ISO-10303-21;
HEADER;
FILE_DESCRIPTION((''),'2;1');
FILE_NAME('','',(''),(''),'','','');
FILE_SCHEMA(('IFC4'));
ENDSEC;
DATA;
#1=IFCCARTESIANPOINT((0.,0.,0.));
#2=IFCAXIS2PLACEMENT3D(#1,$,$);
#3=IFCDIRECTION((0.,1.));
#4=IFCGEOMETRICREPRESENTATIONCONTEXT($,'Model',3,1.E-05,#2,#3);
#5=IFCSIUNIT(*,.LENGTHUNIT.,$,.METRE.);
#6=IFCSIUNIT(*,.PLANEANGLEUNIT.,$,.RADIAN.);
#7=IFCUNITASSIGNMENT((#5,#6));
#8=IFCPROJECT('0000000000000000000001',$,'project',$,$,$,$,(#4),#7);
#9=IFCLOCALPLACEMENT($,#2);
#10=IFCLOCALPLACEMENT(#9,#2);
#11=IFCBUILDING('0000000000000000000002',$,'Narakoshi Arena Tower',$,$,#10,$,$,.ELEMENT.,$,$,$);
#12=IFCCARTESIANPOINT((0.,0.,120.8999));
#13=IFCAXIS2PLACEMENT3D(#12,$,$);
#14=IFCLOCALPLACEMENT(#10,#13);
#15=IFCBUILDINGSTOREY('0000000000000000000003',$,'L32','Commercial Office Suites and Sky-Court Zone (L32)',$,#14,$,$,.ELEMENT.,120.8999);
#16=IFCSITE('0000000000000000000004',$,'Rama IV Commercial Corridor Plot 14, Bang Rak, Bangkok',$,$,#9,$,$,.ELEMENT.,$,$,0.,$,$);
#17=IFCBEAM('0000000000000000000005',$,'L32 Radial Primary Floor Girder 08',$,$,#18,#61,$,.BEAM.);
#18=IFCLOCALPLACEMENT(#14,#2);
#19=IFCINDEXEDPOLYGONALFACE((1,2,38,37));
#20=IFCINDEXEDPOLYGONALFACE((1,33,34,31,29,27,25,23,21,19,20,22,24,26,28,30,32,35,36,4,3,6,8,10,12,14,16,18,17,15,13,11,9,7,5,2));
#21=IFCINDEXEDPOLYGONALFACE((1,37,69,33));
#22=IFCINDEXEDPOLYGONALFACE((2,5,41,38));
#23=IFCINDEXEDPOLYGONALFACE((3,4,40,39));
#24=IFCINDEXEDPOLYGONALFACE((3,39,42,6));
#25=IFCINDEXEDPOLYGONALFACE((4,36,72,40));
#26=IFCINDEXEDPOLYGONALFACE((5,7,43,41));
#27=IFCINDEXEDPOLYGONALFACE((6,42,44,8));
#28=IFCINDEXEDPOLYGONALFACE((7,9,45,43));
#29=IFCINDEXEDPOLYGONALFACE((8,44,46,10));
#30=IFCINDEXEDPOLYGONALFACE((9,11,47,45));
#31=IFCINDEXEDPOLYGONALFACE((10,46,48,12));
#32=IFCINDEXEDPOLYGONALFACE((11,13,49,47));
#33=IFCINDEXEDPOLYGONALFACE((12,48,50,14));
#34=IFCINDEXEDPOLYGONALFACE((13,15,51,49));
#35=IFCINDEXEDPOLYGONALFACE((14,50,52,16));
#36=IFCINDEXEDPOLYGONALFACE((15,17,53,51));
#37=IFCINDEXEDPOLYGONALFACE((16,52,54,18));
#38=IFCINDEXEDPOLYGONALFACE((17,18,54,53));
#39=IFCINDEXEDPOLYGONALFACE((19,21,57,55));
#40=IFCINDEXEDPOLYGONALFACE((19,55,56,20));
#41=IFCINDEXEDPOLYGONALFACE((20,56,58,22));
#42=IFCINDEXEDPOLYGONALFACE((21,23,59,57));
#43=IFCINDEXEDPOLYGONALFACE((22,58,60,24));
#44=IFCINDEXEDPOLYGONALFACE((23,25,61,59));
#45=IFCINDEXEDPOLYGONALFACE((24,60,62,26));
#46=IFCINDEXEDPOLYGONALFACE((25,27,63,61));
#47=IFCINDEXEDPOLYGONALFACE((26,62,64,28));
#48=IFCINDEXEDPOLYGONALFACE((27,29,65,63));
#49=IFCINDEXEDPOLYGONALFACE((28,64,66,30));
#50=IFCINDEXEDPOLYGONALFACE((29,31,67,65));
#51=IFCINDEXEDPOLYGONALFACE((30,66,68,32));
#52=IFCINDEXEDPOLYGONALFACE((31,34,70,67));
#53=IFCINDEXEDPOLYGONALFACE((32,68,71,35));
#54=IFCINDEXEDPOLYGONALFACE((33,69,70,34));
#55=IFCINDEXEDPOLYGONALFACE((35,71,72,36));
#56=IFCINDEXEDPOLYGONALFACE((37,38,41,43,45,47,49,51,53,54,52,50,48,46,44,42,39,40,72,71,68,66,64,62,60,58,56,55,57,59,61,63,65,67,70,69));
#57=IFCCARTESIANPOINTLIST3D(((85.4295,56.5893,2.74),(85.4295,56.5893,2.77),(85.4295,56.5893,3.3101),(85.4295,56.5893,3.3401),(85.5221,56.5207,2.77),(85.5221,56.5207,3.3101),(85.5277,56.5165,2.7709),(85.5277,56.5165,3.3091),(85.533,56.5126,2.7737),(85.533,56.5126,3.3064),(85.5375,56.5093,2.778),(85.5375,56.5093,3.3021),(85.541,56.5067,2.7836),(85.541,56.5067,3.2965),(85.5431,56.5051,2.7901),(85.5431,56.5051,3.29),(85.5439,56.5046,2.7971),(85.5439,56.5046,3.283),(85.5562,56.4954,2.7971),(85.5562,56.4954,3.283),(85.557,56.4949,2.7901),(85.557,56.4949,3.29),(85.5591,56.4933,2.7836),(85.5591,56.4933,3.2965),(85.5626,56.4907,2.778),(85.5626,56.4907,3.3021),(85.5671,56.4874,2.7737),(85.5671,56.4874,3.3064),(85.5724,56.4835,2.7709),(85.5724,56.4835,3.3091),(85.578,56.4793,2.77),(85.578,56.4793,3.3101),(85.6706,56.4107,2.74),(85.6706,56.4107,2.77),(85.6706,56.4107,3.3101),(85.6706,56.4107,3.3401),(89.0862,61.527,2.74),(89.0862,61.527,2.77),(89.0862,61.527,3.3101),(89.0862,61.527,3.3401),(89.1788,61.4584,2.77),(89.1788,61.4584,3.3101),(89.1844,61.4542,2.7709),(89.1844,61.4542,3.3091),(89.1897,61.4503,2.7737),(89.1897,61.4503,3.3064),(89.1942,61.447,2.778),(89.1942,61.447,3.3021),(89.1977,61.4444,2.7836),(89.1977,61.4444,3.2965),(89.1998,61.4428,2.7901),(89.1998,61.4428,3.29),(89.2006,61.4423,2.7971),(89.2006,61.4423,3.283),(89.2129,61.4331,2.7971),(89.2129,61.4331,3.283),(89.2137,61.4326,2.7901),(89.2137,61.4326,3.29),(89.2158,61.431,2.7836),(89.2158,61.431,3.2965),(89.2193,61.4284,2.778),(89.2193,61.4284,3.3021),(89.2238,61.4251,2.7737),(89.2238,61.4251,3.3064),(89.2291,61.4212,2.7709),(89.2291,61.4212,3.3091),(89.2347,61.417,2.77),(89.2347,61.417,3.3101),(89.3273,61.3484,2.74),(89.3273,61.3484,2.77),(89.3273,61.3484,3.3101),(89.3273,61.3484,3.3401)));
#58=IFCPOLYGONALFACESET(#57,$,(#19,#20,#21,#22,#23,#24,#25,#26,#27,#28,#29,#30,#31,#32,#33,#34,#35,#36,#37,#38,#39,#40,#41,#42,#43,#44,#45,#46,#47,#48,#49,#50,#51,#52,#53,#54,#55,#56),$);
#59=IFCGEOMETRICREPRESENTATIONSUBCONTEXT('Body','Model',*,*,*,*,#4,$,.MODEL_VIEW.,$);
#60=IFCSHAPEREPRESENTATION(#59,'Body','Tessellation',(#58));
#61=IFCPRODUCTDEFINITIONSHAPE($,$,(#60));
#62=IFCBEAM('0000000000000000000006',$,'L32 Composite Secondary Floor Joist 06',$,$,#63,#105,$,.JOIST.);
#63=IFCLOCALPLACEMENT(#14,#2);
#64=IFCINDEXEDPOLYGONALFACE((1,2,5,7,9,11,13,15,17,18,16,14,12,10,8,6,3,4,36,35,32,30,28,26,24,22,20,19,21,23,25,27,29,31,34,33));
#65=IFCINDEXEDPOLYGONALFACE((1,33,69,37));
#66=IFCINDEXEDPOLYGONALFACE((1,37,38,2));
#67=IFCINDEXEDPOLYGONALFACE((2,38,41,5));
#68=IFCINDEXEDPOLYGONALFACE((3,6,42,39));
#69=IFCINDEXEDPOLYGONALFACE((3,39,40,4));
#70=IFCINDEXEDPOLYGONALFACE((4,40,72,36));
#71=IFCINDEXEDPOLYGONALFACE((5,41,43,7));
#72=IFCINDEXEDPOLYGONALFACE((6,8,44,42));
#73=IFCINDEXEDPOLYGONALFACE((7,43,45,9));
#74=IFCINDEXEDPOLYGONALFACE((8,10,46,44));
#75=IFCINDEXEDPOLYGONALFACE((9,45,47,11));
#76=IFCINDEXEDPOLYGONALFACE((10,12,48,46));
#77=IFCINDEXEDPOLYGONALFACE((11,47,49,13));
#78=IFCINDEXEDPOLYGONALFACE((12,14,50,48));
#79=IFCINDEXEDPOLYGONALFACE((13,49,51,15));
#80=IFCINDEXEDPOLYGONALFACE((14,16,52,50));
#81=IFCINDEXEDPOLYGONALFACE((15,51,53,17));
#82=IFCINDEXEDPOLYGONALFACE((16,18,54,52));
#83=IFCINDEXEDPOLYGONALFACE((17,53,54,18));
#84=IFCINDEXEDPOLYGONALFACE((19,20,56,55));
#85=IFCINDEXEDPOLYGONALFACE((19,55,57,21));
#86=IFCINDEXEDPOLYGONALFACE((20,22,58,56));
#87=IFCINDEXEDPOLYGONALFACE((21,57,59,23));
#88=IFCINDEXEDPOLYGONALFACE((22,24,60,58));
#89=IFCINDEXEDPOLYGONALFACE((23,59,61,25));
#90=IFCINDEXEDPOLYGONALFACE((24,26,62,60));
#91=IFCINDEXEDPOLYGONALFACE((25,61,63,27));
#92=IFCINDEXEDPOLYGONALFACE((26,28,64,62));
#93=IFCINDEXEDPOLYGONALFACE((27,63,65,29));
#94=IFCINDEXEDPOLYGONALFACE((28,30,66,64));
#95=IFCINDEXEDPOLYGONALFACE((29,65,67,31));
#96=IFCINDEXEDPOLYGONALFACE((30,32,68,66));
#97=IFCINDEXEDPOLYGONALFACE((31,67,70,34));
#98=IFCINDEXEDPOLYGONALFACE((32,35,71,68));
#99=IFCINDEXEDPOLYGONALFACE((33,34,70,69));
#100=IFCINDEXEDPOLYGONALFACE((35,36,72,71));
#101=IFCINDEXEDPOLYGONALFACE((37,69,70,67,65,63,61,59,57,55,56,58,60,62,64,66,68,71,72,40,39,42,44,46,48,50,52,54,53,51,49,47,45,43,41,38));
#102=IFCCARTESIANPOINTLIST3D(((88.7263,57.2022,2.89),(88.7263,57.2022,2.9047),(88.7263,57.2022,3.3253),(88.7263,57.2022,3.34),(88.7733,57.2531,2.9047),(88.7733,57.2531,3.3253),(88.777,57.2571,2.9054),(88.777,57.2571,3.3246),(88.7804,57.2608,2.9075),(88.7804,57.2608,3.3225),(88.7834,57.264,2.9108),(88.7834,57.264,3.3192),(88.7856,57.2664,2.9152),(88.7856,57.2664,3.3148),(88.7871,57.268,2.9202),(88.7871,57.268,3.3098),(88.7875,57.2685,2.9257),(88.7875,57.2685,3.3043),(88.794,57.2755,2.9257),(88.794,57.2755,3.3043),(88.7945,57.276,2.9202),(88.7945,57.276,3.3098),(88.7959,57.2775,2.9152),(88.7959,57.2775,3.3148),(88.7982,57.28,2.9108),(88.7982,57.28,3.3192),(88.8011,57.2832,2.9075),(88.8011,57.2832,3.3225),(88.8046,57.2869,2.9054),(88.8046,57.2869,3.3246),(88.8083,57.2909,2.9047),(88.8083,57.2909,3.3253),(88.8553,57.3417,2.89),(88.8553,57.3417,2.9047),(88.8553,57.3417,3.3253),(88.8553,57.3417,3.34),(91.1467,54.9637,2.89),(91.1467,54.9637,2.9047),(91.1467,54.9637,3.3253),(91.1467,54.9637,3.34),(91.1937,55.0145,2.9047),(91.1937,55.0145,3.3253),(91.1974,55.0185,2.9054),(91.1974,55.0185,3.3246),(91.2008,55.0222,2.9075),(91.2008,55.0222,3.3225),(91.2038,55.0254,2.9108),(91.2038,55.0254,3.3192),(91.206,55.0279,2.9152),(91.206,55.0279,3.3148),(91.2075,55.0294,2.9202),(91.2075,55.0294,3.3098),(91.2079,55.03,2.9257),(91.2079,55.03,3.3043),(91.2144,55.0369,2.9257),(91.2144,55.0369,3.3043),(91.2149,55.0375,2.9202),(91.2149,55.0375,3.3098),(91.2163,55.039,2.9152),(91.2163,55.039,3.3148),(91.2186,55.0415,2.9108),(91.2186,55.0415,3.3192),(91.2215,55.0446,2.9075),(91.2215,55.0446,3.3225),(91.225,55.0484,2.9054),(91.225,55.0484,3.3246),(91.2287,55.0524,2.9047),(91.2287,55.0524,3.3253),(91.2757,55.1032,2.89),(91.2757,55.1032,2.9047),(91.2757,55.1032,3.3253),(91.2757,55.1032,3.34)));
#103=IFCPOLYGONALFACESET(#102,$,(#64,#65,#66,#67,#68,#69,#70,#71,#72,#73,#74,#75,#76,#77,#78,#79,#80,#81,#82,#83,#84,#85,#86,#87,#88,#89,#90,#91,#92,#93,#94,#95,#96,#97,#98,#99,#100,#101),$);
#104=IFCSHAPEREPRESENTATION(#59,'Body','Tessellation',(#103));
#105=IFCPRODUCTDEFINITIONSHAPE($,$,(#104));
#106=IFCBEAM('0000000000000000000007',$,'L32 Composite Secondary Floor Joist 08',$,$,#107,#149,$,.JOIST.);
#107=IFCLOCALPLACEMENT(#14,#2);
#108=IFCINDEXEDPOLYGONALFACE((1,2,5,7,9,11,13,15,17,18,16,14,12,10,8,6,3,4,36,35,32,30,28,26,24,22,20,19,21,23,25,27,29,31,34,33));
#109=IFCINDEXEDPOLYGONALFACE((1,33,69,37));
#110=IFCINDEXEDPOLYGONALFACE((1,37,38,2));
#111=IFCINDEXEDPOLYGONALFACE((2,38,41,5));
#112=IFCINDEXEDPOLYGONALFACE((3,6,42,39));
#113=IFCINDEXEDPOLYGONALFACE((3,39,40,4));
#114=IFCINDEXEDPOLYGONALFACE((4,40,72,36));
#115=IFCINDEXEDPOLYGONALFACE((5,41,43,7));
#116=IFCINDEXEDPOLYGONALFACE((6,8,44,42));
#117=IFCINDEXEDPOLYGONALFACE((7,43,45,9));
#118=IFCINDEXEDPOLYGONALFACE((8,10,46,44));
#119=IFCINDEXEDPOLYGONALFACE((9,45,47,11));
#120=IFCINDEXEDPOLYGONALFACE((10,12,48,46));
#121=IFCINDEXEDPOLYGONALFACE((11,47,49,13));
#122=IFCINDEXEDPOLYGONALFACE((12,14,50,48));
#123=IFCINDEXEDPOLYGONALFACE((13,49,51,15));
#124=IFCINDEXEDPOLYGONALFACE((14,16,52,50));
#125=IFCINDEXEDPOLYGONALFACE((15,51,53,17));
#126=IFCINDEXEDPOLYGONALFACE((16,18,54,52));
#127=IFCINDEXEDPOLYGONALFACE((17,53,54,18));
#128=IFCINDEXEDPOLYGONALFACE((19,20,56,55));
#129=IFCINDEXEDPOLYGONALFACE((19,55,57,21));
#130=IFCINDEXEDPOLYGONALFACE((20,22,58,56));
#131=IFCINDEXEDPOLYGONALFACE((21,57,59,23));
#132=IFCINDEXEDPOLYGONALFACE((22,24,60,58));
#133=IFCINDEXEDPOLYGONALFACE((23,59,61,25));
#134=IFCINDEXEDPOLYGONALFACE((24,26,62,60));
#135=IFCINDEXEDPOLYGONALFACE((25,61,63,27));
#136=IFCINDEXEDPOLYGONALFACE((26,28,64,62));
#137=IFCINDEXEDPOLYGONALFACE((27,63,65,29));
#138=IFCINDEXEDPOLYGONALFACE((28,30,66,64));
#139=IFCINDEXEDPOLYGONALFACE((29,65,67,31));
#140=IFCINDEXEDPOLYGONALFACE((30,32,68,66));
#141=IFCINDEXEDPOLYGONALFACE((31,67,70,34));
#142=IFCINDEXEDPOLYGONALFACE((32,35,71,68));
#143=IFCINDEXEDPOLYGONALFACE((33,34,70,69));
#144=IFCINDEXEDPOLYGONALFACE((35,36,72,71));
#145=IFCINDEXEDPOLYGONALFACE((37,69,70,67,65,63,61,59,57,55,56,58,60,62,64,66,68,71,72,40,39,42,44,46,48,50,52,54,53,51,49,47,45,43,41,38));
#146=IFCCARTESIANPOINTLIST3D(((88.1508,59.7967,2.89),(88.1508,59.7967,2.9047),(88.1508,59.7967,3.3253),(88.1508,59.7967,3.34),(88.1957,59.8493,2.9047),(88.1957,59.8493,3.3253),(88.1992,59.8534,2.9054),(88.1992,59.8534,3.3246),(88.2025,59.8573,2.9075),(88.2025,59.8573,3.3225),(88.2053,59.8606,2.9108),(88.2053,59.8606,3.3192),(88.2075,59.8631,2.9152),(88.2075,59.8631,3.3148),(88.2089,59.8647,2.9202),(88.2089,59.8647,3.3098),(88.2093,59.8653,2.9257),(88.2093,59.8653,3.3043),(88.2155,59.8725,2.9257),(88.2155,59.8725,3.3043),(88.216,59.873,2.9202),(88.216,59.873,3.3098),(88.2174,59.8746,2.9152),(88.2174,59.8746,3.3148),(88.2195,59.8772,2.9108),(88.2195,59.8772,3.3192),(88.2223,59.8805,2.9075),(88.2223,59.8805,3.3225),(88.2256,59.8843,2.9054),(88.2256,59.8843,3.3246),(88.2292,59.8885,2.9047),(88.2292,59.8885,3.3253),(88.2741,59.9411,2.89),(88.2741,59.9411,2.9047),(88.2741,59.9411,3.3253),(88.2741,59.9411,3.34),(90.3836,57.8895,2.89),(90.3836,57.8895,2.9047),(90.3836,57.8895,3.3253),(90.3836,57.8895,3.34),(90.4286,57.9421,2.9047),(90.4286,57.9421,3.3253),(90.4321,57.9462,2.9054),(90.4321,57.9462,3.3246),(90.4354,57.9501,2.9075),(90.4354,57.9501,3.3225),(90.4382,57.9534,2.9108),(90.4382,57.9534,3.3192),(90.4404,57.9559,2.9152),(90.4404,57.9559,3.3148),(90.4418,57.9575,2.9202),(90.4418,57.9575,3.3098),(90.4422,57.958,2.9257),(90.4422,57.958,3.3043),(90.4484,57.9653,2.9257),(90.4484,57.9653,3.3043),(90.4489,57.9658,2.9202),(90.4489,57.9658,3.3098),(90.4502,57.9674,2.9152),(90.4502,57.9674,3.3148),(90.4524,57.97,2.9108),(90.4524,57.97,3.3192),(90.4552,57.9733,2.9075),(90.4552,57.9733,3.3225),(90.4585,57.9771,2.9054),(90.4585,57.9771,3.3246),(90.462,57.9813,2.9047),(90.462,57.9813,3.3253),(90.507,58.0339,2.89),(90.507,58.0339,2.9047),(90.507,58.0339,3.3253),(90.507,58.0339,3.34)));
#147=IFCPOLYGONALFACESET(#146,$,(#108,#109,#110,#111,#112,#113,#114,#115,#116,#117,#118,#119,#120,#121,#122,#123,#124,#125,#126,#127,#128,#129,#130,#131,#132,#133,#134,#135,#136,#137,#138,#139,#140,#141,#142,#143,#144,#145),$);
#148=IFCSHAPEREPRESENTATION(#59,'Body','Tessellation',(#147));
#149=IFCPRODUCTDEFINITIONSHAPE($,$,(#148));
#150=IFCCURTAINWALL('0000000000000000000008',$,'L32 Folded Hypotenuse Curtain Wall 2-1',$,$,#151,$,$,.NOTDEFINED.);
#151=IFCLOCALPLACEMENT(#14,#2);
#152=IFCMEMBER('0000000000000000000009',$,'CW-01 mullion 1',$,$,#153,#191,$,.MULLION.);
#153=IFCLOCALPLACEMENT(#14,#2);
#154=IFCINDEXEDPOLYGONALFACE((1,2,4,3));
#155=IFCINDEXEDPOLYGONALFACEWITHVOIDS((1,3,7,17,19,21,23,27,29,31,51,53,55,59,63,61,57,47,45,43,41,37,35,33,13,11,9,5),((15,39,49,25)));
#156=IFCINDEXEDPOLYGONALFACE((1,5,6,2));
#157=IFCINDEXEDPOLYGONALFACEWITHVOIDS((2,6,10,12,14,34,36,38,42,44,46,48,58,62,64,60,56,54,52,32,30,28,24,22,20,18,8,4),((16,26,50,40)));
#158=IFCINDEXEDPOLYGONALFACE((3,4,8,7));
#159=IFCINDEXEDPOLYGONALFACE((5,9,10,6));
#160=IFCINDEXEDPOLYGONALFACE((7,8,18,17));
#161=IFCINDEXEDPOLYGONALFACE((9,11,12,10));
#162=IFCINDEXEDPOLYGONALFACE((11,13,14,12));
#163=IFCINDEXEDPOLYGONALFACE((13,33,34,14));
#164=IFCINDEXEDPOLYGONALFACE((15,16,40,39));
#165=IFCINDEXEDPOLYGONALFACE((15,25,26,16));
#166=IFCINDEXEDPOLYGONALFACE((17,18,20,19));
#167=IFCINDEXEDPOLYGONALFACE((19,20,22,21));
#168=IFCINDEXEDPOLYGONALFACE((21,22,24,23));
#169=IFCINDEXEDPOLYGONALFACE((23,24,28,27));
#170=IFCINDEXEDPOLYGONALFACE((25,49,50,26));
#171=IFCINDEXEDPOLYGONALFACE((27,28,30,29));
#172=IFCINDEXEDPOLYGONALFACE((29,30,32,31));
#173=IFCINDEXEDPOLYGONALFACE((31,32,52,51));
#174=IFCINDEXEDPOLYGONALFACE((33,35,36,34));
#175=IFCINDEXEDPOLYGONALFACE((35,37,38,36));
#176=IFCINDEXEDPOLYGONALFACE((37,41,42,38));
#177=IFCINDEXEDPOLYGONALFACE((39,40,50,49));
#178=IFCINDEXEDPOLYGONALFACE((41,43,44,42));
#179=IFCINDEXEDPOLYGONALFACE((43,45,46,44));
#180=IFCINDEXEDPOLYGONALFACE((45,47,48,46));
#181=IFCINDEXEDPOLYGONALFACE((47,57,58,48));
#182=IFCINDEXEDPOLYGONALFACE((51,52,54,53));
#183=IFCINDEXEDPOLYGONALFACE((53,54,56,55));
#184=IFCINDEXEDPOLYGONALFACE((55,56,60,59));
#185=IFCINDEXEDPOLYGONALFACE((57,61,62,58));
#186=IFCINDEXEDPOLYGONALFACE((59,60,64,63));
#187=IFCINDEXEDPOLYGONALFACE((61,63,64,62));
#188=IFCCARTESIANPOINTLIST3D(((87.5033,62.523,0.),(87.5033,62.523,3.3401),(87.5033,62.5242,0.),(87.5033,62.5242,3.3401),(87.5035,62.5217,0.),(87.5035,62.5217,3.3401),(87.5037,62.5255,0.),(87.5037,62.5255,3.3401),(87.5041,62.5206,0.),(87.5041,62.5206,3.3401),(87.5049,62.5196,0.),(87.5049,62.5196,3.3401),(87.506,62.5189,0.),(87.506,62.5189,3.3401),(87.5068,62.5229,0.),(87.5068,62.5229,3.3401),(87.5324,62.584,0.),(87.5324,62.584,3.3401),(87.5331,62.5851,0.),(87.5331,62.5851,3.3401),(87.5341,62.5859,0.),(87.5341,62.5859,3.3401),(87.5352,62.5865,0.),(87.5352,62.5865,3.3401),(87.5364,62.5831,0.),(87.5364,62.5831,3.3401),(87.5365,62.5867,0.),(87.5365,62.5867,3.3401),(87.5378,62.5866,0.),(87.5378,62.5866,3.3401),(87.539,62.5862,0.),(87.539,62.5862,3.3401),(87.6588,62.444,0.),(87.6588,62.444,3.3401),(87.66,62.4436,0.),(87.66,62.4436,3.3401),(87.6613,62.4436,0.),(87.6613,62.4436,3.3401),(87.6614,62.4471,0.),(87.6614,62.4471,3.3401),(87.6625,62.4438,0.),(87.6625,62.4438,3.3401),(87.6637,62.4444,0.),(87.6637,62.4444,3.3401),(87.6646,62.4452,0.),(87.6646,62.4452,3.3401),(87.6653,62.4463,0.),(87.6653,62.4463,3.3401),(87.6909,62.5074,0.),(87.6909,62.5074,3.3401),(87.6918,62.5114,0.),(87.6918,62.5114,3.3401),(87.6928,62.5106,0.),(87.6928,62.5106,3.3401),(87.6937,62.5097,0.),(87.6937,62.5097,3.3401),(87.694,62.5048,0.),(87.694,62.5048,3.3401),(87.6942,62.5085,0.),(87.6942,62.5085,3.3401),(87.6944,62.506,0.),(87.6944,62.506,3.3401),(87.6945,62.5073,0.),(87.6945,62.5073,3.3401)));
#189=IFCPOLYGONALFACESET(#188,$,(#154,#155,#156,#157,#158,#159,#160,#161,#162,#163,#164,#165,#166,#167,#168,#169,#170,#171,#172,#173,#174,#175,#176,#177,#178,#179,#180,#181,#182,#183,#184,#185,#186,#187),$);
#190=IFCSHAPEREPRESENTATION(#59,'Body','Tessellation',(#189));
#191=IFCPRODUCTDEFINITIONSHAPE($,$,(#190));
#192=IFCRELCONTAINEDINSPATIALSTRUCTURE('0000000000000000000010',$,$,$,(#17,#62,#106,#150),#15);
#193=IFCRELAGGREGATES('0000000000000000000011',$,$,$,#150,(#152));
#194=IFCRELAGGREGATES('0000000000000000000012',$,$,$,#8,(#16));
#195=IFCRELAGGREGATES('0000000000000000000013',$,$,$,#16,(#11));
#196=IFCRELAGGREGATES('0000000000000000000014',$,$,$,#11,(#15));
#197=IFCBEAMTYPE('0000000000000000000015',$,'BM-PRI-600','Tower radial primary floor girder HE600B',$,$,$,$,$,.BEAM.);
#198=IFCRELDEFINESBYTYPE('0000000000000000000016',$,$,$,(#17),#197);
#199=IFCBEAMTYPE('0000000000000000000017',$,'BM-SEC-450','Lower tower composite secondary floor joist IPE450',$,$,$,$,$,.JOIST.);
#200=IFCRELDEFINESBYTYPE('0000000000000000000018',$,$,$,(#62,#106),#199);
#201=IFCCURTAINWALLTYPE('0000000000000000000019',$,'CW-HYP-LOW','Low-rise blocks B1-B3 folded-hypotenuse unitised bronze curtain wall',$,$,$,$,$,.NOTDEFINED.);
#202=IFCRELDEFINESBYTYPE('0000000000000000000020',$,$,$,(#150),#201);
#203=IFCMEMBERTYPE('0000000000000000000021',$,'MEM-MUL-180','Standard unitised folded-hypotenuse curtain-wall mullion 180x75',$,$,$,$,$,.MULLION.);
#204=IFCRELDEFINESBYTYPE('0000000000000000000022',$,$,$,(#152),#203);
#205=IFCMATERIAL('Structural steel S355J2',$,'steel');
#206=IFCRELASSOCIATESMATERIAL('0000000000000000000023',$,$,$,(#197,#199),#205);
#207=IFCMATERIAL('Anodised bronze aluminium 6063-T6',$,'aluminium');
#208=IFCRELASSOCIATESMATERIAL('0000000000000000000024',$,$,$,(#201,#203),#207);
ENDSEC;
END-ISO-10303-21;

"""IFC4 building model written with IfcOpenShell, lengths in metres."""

from ifc_helpers import new_model, si_unit, direction, frame, origin, origin_2d, place, context, subcontext, project, spatial, hollow_rectangle, i_section, extrude, material, material_profile, profile_set, type_object, element, aggregate, save


model = new_model("IFC4")

# Units and contexts
model_context = context("Model", 3, precision=1e-05, world=origin(), true_north=direction((0.0, 1.0)))
body_context = subcontext(model_context, "Body", "Model", "MODEL_VIEW")
ifc_project = project(units=[si_unit("LENGTHUNIT", "METRE"), si_unit("PLANEANGLEUNIT", "RADIAN")], contexts=[model_context])

# Site, building, storey
site_placement = place(None, origin())
site = spatial("IfcSite", under=ifc_project, at=site_placement, Name="Rama IV Commercial Corridor Plot 14, Bang Rak, Bangkok", CompositionType="ELEMENT", RefElevation=0.0)
building_placement = place(site_placement, origin())
building = spatial("IfcBuilding", under=site, at=building_placement, Name="Narakoshi Arena Tower", CompositionType="ELEMENT")
storey_placement = place(building_placement, frame((0.0, 0.0, 120.8999)))
storey = spatial("IfcBuildingStorey", under=building, at=storey_placement, Name="L32", Description="Commercial Office Suites and Sky-Court Zone (L32)", CompositionType="ELEMENT", Elevation=120.8999)

# Beams
ifc_material_1 = material(Name="Structural steel S355J2", Category="steel")
ifc_material_profile_1 = material_profile(ifc_material_1, i_section(OverallWidth=0.3, OverallDepth=0.6001, WebThickness=0.0154, FlangeThickness=0.03, FilletRadius=0.0271, at=origin_2d()), Name="HE600B")
ifc_profile_set_1 = profile_set([ifc_material_profile_1], Name="Structural steel S355J2")
beam_type_1 = type_object("IfcBeamType", Name="BM-PRI-600", Description="Tower radial primary floor girder HE600B", PredefinedType="BEAM", material=ifc_profile_set_1)
beam_1_placement = place(storey_placement, frame((85.55, 56.5, 3.04), z_axis=(0.595138, 0.803623, 0.0), x_axis=(-0.803623, 0.595138, 0.0)))
element("IfcBeam", 1, at=beam_1_placement, inside=storey, type_object=beam_type_1, Name="L32 Radial Primary Floor Girder 08", PredefinedType="BEAM", context=body_context, shape_type="SweptSolid", body=[
    extrude(i_section(OverallWidth=0.3, OverallDepth=0.6001, WebThickness=0.0154, FlangeThickness=0.03, FilletRadius=0.0271, at=origin_2d()), origin(), (0.0, 0.0, 1.0), 6.1443),
])
ifc_material_profile_2 = material_profile(ifc_material_1, i_section(OverallWidth=0.1899, OverallDepth=0.45, WebThickness=0.0095, FlangeThickness=0.0146, FilletRadius=0.021, at=origin_2d()), Name="IPE450")
ifc_profile_set_2 = profile_set([ifc_material_profile_2], Name="Structural steel S355J2")
beam_type_2 = type_object("IfcBeamType", Name="BM-SEC-450", Description="Lower tower composite secondary floor joist IPE450", PredefinedType="JOIST", material=ifc_profile_set_2)
beam_2_placement = place(storey_placement, frame((91.2112, 55.0334, 3.115), z_axis=(-0.734153, 0.678984, 0.0), x_axis=(-0.678984, -0.734153, 0.0)))
element("IfcBeam", 2, at=beam_2_placement, inside=storey, type_object=beam_type_2, Name="L32 Composite Secondary Floor Joist 06", PredefinedType="JOIST", context=body_context, shape_type="SweptSolid", body=[
    extrude(i_section(OverallWidth=0.1899, OverallDepth=0.45, WebThickness=0.0095, FlangeThickness=0.0146, FilletRadius=0.021, at=origin_2d()), origin(), (0.0, 0.0, 1.0), 3.2969),
])
beam_3_placement = place(storey_placement, frame((90.4453, 57.9617, 3.115), z_axis=(-0.760382, 0.649476, 0.0), x_axis=(-0.649476, -0.760382, 0.0)))
element("IfcBeam", 3, at=beam_3_placement, inside=storey, type_object=beam_type_2, Name="L32 Composite Secondary Floor Joist 08", PredefinedType="JOIST", context=body_context, shape_type="SweptSolid", body=[
    extrude(i_section(OverallWidth=0.1899, OverallDepth=0.45, WebThickness=0.0095, FlangeThickness=0.0146, FilletRadius=0.021, at=origin_2d()), origin(), (0.0, 0.0, 1.0), 2.9365),
])

# Curtain wall, member
ifc_material_2 = material(Name="Anodised bronze aluminium 6063-T6", Category="aluminium")
curtain_wall_type = type_object("IfcCurtainWallType", Name="CW-HYP-LOW", Description="Low-rise blocks B1-B3 folded-hypotenuse unitised bronze curtain wall", PredefinedType="NOTDEFINED", material=ifc_material_2)
curtain_wall_placement = place(storey_placement, origin())
curtain_wall = element("IfcCurtainWall", 4, at=curtain_wall_placement, inside=storey, type_object=curtain_wall_type, Name="L32 Folded Hypotenuse Curtain Wall 2-1", PredefinedType="NOTDEFINED")
ifc_material_profile_3 = material_profile(ifc_material_2, hollow_rectangle(XDim=0.075, YDim=0.1799, WallThickness=0.0039, OuterFilletRadius=0.0049, at=origin_2d()), Name="MUL180x75x4")
ifc_profile_set_3 = profile_set([ifc_material_profile_3], Name="Anodised bronze aluminium 6063-T6")
member_type_1 = type_object("IfcMemberType", Name="MEM-MUL-180", Description="Standard unitised folded-hypotenuse curtain-wall mullion 180x75", PredefinedType="MULLION", material=ifc_profile_set_3)
member_1_placement = place(storey_placement, frame((87.5989, 62.5151, 0.0), z_axis=(0.0, 0.0, 1.0), x_axis=(-0.440005, -0.897996, 0.0)))
member_1 = element("IfcMember", 5, at=member_1_placement, type_object=member_type_1, Name="CW-01 mullion 1", PredefinedType="MULLION", context=body_context, shape_type="SweptSolid", body=[
    extrude(hollow_rectangle(XDim=0.075, YDim=0.1799, WallThickness=0.0039, OuterFilletRadius=0.0049, at=origin_2d()), origin(), (0.0, 0.0, 1.0), 3.3401),
])
aggregate(curtain_wall, [member_1])

save(model, "model.ifc")
